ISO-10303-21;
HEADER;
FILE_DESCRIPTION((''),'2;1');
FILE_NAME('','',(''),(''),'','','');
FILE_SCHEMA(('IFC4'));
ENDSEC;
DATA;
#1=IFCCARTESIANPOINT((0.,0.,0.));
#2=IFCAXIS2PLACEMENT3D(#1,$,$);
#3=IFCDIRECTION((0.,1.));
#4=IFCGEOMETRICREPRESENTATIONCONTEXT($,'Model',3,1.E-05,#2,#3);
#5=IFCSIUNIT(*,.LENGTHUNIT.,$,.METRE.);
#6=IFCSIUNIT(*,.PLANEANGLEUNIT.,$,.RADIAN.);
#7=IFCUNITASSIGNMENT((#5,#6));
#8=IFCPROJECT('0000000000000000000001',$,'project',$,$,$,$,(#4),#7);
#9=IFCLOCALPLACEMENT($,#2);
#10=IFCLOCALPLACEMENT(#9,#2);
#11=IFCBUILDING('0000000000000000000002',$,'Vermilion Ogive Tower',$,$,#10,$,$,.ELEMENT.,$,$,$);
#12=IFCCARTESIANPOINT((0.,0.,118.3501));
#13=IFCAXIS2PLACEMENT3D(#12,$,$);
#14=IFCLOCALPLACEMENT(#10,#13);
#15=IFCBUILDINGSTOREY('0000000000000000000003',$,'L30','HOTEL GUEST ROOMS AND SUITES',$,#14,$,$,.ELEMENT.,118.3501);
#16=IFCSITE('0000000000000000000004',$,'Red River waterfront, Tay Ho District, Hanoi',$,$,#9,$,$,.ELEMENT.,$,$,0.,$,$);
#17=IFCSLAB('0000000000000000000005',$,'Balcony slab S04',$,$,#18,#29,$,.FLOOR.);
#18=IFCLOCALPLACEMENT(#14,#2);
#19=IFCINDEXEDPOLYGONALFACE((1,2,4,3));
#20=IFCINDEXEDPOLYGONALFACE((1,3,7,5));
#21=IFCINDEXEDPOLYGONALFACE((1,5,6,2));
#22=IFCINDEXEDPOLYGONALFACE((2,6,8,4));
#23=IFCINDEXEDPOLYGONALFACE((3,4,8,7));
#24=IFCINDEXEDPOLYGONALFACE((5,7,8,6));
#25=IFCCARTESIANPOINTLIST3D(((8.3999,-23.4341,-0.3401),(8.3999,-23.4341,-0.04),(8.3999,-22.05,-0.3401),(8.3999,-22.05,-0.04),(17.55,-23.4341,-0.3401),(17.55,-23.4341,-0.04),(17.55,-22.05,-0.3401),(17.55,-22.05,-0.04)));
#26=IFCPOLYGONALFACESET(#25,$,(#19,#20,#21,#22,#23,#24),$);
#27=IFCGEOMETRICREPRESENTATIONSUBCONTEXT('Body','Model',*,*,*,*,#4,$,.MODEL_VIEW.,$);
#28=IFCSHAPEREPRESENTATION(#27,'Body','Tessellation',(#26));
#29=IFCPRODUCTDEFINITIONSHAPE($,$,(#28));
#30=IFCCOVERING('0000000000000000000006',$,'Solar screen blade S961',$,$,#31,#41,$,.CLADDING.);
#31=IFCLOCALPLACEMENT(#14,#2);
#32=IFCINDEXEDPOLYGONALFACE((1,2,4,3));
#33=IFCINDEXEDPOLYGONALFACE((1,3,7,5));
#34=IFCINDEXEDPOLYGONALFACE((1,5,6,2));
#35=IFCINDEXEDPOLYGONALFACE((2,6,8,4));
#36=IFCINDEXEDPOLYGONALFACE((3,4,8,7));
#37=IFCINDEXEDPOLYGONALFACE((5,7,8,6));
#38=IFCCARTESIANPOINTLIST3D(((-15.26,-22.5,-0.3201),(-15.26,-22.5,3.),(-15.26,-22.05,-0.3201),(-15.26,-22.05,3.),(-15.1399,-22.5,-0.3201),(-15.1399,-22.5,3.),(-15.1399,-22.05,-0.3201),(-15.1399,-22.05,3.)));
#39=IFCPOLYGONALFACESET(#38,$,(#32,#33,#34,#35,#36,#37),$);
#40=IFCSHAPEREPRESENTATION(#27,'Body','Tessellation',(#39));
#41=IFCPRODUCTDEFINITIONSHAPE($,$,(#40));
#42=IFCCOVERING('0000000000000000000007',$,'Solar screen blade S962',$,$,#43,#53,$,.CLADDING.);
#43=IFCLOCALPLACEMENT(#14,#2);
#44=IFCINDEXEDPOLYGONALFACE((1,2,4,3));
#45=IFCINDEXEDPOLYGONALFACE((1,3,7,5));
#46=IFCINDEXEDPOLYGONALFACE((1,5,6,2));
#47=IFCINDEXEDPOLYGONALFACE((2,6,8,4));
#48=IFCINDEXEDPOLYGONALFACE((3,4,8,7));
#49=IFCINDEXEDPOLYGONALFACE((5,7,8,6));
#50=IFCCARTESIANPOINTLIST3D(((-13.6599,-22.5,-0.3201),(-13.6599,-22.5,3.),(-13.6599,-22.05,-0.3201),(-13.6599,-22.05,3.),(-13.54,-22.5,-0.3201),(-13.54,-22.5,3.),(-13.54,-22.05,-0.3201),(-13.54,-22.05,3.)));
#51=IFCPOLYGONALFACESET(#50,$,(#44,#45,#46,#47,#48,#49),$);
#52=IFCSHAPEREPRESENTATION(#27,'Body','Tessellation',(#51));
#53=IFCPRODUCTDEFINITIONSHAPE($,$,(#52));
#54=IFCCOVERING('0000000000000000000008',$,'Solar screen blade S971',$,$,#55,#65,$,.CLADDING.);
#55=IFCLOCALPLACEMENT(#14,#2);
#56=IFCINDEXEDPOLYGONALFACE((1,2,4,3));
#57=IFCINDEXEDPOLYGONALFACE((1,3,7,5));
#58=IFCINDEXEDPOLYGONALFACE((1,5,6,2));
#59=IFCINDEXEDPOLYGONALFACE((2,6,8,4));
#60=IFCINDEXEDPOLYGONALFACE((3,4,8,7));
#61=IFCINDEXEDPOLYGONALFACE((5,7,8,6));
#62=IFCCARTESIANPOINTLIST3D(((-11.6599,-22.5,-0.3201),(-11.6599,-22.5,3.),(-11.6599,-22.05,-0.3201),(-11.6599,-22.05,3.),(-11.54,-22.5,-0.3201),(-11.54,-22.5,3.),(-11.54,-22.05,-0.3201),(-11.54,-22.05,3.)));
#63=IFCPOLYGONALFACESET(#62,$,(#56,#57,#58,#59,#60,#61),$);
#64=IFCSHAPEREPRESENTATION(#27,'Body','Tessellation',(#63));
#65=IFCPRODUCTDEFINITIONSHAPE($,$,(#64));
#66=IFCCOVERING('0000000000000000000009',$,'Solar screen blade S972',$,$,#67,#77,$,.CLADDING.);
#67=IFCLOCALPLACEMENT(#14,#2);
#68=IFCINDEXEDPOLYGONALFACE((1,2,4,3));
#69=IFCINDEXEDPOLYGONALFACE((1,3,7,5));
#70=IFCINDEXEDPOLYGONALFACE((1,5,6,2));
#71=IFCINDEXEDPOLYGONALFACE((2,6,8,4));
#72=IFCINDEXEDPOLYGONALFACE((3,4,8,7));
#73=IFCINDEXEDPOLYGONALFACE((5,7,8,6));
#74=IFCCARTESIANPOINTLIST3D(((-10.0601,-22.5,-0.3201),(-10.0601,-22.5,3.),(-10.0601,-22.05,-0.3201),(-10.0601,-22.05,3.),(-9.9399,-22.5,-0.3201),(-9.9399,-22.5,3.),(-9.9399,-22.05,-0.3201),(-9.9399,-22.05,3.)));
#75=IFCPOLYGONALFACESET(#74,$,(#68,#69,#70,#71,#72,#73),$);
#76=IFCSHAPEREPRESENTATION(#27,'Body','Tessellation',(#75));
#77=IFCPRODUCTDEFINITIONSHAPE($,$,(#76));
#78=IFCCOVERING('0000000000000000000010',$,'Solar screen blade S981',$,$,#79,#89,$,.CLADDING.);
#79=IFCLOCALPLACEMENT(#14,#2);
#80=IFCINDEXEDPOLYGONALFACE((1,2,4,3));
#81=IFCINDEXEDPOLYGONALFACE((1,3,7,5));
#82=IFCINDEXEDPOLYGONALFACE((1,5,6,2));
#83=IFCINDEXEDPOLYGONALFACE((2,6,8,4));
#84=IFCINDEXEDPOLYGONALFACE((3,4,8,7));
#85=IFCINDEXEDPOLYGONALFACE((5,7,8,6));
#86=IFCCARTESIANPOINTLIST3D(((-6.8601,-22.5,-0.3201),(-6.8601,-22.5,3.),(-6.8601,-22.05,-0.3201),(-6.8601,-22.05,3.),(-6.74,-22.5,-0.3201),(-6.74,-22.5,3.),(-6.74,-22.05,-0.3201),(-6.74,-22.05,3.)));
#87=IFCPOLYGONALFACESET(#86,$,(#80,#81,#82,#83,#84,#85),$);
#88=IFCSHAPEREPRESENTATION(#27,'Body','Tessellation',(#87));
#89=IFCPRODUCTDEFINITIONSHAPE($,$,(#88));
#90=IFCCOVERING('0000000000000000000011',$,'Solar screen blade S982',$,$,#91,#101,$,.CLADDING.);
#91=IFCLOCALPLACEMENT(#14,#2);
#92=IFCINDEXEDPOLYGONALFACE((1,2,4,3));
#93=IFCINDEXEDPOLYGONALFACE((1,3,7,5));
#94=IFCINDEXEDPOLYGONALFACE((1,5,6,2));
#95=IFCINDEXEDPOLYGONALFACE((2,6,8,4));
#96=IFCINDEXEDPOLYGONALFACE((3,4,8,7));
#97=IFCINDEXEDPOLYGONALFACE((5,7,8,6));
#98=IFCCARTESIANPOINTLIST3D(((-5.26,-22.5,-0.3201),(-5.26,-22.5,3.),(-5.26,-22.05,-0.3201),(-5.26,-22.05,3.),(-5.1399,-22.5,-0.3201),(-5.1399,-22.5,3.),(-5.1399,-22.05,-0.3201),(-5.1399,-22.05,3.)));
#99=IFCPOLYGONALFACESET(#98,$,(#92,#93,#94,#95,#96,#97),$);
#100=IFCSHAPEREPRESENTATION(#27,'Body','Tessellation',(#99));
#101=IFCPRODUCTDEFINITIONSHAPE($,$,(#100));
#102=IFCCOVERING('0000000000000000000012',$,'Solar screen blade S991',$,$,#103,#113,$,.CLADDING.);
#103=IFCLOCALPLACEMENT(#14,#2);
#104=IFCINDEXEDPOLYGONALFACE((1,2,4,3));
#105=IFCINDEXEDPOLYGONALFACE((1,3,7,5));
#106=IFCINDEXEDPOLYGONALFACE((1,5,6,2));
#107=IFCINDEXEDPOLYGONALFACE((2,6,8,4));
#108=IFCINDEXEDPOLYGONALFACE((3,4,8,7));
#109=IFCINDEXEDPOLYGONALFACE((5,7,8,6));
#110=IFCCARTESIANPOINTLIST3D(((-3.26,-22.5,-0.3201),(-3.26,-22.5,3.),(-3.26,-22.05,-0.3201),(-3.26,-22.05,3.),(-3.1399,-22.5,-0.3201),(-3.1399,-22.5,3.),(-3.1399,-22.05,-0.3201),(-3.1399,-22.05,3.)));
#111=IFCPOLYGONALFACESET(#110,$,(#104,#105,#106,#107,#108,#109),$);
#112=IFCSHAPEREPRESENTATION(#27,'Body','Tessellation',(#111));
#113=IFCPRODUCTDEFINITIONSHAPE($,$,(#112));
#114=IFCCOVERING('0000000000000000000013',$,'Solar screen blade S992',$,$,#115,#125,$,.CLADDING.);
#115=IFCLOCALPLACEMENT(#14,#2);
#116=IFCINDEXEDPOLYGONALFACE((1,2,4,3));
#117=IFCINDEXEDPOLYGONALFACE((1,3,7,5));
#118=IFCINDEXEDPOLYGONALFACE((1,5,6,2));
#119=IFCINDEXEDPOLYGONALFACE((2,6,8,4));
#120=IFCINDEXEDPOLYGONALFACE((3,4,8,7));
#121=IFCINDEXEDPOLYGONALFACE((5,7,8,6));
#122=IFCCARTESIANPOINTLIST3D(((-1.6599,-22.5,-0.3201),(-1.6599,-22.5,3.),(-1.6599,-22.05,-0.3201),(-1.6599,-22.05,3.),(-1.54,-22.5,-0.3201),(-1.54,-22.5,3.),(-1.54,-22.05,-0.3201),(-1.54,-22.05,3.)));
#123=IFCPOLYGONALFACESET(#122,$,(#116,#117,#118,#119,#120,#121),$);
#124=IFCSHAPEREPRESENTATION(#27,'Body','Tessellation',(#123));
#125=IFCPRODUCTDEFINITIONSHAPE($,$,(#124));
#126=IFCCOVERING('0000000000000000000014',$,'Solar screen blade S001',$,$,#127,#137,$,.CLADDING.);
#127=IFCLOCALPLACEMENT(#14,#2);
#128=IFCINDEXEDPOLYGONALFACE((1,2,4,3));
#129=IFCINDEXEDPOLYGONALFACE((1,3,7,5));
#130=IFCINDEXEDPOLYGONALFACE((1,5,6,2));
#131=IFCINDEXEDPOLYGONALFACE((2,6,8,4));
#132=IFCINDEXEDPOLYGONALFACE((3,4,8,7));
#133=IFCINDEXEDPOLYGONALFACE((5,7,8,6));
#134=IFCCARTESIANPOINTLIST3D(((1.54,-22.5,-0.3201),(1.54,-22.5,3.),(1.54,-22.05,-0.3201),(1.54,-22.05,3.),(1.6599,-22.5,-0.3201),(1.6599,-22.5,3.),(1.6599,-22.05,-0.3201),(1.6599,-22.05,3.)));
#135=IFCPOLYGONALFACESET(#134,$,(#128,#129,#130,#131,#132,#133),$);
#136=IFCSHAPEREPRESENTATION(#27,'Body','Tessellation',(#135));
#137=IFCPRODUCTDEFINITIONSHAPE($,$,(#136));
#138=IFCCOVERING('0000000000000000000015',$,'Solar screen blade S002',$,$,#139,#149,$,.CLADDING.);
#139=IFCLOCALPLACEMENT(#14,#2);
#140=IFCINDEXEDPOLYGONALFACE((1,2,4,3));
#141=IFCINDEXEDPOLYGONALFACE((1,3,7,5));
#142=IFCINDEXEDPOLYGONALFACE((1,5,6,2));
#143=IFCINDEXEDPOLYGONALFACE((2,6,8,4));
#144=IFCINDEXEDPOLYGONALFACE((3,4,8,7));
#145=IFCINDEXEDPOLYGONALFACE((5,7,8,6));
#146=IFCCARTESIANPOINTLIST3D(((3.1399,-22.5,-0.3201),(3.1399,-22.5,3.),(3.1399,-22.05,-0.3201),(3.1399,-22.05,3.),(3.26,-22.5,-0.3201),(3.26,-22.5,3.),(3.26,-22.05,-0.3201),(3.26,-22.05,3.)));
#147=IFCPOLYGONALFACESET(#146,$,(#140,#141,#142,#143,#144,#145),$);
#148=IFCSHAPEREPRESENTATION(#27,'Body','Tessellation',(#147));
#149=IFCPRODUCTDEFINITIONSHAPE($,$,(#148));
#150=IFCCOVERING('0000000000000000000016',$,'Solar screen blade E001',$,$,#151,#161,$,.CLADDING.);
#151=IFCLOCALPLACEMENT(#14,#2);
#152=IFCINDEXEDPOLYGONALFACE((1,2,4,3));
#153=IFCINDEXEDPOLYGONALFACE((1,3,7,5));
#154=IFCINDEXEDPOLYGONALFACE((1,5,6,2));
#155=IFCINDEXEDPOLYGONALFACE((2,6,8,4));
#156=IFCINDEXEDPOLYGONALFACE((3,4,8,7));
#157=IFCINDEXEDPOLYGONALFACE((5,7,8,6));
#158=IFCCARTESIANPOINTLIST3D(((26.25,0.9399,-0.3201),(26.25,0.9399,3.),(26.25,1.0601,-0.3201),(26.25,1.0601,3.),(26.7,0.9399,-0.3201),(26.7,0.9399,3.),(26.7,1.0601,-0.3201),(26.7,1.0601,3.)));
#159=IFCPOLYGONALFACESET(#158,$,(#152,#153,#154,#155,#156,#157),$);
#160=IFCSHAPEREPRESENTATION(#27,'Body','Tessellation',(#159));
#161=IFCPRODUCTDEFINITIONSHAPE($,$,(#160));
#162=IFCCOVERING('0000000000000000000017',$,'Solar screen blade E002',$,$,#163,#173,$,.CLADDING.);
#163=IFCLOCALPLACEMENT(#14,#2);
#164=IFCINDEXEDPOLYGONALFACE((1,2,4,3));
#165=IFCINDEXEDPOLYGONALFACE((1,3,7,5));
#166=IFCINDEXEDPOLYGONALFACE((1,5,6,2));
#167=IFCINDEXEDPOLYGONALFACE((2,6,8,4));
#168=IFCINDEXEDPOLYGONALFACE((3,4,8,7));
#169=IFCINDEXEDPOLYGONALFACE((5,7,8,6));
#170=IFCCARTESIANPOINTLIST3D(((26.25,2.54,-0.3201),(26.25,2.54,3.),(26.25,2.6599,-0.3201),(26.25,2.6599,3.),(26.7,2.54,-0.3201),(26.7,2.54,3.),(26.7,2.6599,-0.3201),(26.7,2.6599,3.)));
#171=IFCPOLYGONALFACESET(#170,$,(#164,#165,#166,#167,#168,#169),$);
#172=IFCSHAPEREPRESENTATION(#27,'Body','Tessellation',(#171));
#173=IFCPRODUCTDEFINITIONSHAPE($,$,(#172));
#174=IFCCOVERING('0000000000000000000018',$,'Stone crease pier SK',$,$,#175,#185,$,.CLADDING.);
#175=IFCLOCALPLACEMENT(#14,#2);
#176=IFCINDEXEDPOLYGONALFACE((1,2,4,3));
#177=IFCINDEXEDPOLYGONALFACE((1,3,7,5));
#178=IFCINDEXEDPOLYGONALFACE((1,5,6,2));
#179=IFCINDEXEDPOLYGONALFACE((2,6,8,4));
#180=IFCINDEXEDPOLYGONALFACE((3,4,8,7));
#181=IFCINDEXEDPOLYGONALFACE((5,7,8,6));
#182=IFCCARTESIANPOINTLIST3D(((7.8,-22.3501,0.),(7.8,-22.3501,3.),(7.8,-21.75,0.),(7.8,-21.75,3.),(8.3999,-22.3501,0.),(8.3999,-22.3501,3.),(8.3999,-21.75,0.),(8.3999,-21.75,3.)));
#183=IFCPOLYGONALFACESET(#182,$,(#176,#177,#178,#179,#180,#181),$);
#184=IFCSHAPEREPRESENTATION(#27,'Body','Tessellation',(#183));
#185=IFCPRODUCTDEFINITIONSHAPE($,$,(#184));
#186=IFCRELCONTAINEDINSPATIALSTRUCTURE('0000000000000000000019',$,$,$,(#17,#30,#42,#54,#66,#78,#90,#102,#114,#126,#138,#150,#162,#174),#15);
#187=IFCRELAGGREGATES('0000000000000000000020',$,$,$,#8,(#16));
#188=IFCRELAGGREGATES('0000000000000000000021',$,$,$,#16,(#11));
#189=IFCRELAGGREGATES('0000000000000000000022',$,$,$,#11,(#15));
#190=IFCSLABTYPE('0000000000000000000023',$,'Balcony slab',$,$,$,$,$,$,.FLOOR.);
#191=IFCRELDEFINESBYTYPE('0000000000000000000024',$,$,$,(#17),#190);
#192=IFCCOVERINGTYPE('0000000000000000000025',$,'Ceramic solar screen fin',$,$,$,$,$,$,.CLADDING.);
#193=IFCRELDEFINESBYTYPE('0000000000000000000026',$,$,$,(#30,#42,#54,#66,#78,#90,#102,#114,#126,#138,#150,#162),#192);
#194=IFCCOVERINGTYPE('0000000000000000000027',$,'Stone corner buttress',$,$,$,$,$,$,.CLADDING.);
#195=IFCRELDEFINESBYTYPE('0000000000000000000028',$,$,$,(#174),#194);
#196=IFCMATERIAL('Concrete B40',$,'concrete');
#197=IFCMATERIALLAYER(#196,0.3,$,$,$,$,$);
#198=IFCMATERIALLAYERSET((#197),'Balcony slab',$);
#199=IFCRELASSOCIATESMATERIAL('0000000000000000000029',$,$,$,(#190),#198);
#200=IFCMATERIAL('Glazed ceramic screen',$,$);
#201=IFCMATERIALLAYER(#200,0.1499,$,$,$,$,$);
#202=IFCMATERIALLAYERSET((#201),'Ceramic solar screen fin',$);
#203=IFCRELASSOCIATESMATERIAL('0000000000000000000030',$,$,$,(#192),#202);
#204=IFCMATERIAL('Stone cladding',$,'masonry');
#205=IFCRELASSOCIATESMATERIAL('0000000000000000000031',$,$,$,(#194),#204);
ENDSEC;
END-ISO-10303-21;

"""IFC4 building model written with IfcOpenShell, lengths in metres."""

from ifc_helpers import new_model, si_unit, direction, frame, origin, place, context, subcontext, project, spatial, polyline, outline, extrude, material, layer, layer_set, type_object, element, save


model = new_model("IFC4")

# Units and contexts
model_context = context("Model", 3, precision=1e-05, world=origin(), true_north=direction((0.0, 1.0)))
body_context = subcontext(model_context, "Body", "Model", "MODEL_VIEW")
ifc_project = project(units=[si_unit("LENGTHUNIT", "METRE"), si_unit("PLANEANGLEUNIT", "RADIAN")], contexts=[model_context])

# Site, building, storey
site_placement = place(None, origin())
site = spatial("IfcSite", under=ifc_project, at=site_placement, Name="Red River waterfront, Tay Ho District, Hanoi", CompositionType="ELEMENT", RefElevation=0.0)
building_placement = place(site_placement, origin())
building = spatial("IfcBuilding", under=site, at=building_placement, Name="Vermilion Ogive Tower", CompositionType="ELEMENT")
storey_placement = place(building_placement, frame((0.0, 0.0, 118.3501)))
storey = spatial("IfcBuildingStorey", under=building, at=storey_placement, Name="L30", Description="HOTEL GUEST ROOMS AND SUITES", CompositionType="ELEMENT", Elevation=118.3501)

# Slab
ifc_material_1 = material(Name="Concrete B40", Category="concrete")
ifc_layer_1 = layer(ifc_material_1, 0.3)
ifc_layer_set_1 = layer_set([ifc_layer_1], Name="Balcony slab")
slab_type = type_object("IfcSlabType", Name="Balcony slab", PredefinedType="FLOOR", material=ifc_layer_set_1)
slab_placement = place(storey_placement, frame((0.0, 0.0, -0.3401)))
element("IfcSlab", 1, at=slab_placement, inside=storey, type_object=slab_type, Name="Balcony slab S04", PredefinedType="FLOOR", context=body_context, shape_type="SweptSolid", body=[
    extrude(outline(polyline([(8.3999, -23.4341), (17.55, -23.4341), (17.55, -22.05), (8.3999, -22.05), (8.3999, -23.4341)])), origin(), (0.0, 0.0, 1.0), 0.3),
])

# Coverings
ifc_material_2 = material(Name="Glazed ceramic screen")
ifc_layer_2 = layer(ifc_material_2, 0.1499)
ifc_layer_set_2 = layer_set([ifc_layer_2], Name="Ceramic solar screen fin")
covering_type_1 = type_object("IfcCoveringType", Name="Ceramic solar screen fin", PredefinedType="CLADDING", material=ifc_layer_set_2)
covering_1_placement = place(storey_placement, frame((0.0, 0.0, -0.3201)))
element("IfcCovering", 2, at=covering_1_placement, inside=storey, type_object=covering_type_1, Name="Solar screen blade S961", PredefinedType="CLADDING", context=body_context, shape_type="SweptSolid", body=[
    extrude(outline(polyline([(-15.26, -22.5), (-15.1399, -22.5), (-15.1399, -22.05), (-15.26, -22.05), (-15.26, -22.5)])), origin(), (0.0, 0.0, 1.0), 3.3201),
])
covering_2_placement = place(storey_placement, frame((0.0, 0.0, -0.3201)))
element("IfcCovering", 3, at=covering_2_placement, inside=storey, type_object=covering_type_1, Name="Solar screen blade S962", PredefinedType="CLADDING", context=body_context, shape_type="SweptSolid", body=[
    extrude(outline(polyline([(-13.6599, -22.5), (-13.54, -22.5), (-13.54, -22.05), (-13.6599, -22.05), (-13.6599, -22.5)])), origin(), (0.0, 0.0, 1.0), 3.3201),
])
covering_3_placement = place(storey_placement, frame((0.0, 0.0, -0.3201)))
element("IfcCovering", 4, at=covering_3_placement, inside=storey, type_object=covering_type_1, Name="Solar screen blade S971", PredefinedType="CLADDING", context=body_context, shape_type="SweptSolid", body=[
    extrude(outline(polyline([(-11.6599, -22.5), (-11.54, -22.5), (-11.54, -22.05), (-11.6599, -22.05), (-11.6599, -22.5)])), origin(), (0.0, 0.0, 1.0), 3.3201),
])
covering_4_placement = place(storey_placement, frame((0.0, 0.0, -0.3201)))
element("IfcCovering", 5, at=covering_4_placement, inside=storey, type_object=covering_type_1, Name="Solar screen blade S972", PredefinedType="CLADDING", context=body_context, shape_type="SweptSolid", body=[
    extrude(outline(polyline([(-10.0601, -22.5), (-9.9399, -22.5), (-9.9399, -22.05), (-10.0601, -22.05), (-10.0601, -22.5)])), origin(), (0.0, 0.0, 1.0), 3.3201),
])
covering_5_placement = place(storey_placement, frame((0.0, 0.0, -0.3201)))
element("IfcCovering", 6, at=covering_5_placement, inside=storey, type_object=covering_type_1, Name="Solar screen blade S981", PredefinedType="CLADDING", context=body_context, shape_type="SweptSolid", body=[
    extrude(outline(polyline([(-6.8601, -22.5), (-6.74, -22.5), (-6.74, -22.05), (-6.8601, -22.05), (-6.8601, -22.5)])), origin(), (0.0, 0.0, 1.0), 3.3201),
])
covering_6_placement = place(storey_placement, frame((0.0, 0.0, -0.3201)))
element("IfcCovering", 7, at=covering_6_placement, inside=storey, type_object=covering_type_1, Name="Solar screen blade S982", PredefinedType="CLADDING", context=body_context, shape_type="SweptSolid", body=[
    extrude(outline(polyline([(-5.26, -22.5), (-5.1399, -22.5), (-5.1399, -22.05), (-5.26, -22.05), (-5.26, -22.5)])), origin(), (0.0, 0.0, 1.0), 3.3201),
])
covering_7_placement = place(storey_placement, frame((0.0, 0.0, -0.3201)))
element("IfcCovering", 8, at=covering_7_placement, inside=storey, type_object=covering_type_1, Name="Solar screen blade S991", PredefinedType="CLADDING", context=body_context, shape_type="SweptSolid", body=[
    extrude(outline(polyline([(-3.26, -22.5), (-3.1399, -22.5), (-3.1399, -22.05), (-3.26, -22.05), (-3.26, -22.5)])), origin(), (0.0, 0.0, 1.0), 3.3201),
])
covering_8_placement = place(storey_placement, frame((0.0, 0.0, -0.3201)))
element("IfcCovering", 9, at=covering_8_placement, inside=storey, type_object=covering_type_1, Name="Solar screen blade S992", PredefinedType="CLADDING", context=body_context, shape_type="SweptSolid", body=[
    extrude(outline(polyline([(-1.6599, -22.5), (-1.54, -22.5), (-1.54, -22.05), (-1.6599, -22.05), (-1.6599, -22.5)])), origin(), (0.0, 0.0, 1.0), 3.3201),
])
covering_9_placement = place(storey_placement, frame((0.0, 0.0, -0.3201)))
element("IfcCovering", 10, at=covering_9_placement, inside=storey, type_object=covering_type_1, Name="Solar screen blade S001", PredefinedType="CLADDING", context=body_context, shape_type="SweptSolid", body=[
    extrude(outline(polyline([(1.54, -22.5), (1.6599, -22.5), (1.6599, -22.05), (1.54, -22.05), (1.54, -22.5)])), origin(), (0.0, 0.0, 1.0), 3.3201),
])
covering_10_placement = place(storey_placement, frame((0.0, 0.0, -0.3201)))
element("IfcCovering", 11, at=covering_10_placement, inside=storey, type_object=covering_type_1, Name="Solar screen blade S002", PredefinedType="CLADDING", context=body_context, shape_type="SweptSolid", body=[
    extrude(outline(polyline([(3.1399, -22.5), (3.26, -22.5), (3.26, -22.05), (3.1399, -22.05), (3.1399, -22.5)])), origin(), (0.0, 0.0, 1.0), 3.3201),
])
covering_11_placement = place(storey_placement, frame((0.0, 0.0, -0.3201)))
element("IfcCovering", 12, at=covering_11_placement, inside=storey, type_object=covering_type_1, Name="Solar screen blade E001", PredefinedType="CLADDING", context=body_context, shape_type="SweptSolid", body=[
    extrude(outline(polyline([(26.7, 0.9399), (26.7, 1.0601), (26.25, 1.0601), (26.25, 0.9399), (26.7, 0.9399)])), origin(), (0.0, 0.0, 1.0), 3.3201),
])
covering_12_placement = place(storey_placement, frame((0.0, 0.0, -0.3201)))
element("IfcCovering", 13, at=covering_12_placement, inside=storey, type_object=covering_type_1, Name="Solar screen blade E002", PredefinedType="CLADDING", context=body_context, shape_type="SweptSolid", body=[
    extrude(outline(polyline([(26.7, 2.54), (26.7, 2.6599), (26.25, 2.6599), (26.25, 2.54), (26.7, 2.54)])), origin(), (0.0, 0.0, 1.0), 3.3201),
])
ifc_material_3 = material(Name="Stone cladding", Category="masonry")
covering_type_2 = type_object("IfcCoveringType", Name="Stone corner buttress", PredefinedType="CLADDING", material=ifc_material_3)
covering_13_placement = place(storey_placement, origin())
element("IfcCovering", 14, at=covering_13_placement, inside=storey, type_object=covering_type_2, Name="Stone crease pier SK", PredefinedType="CLADDING", context=body_context, shape_type="SweptSolid", body=[
    extrude(outline(polyline([(7.8, -22.3501), (8.3999, -22.3501), (8.3999, -21.75), (7.8, -21.75), (7.8, -22.3501)])), origin(), (0.0, 0.0, 1.0), 3.0),
])

save(model, "model.ifc")
